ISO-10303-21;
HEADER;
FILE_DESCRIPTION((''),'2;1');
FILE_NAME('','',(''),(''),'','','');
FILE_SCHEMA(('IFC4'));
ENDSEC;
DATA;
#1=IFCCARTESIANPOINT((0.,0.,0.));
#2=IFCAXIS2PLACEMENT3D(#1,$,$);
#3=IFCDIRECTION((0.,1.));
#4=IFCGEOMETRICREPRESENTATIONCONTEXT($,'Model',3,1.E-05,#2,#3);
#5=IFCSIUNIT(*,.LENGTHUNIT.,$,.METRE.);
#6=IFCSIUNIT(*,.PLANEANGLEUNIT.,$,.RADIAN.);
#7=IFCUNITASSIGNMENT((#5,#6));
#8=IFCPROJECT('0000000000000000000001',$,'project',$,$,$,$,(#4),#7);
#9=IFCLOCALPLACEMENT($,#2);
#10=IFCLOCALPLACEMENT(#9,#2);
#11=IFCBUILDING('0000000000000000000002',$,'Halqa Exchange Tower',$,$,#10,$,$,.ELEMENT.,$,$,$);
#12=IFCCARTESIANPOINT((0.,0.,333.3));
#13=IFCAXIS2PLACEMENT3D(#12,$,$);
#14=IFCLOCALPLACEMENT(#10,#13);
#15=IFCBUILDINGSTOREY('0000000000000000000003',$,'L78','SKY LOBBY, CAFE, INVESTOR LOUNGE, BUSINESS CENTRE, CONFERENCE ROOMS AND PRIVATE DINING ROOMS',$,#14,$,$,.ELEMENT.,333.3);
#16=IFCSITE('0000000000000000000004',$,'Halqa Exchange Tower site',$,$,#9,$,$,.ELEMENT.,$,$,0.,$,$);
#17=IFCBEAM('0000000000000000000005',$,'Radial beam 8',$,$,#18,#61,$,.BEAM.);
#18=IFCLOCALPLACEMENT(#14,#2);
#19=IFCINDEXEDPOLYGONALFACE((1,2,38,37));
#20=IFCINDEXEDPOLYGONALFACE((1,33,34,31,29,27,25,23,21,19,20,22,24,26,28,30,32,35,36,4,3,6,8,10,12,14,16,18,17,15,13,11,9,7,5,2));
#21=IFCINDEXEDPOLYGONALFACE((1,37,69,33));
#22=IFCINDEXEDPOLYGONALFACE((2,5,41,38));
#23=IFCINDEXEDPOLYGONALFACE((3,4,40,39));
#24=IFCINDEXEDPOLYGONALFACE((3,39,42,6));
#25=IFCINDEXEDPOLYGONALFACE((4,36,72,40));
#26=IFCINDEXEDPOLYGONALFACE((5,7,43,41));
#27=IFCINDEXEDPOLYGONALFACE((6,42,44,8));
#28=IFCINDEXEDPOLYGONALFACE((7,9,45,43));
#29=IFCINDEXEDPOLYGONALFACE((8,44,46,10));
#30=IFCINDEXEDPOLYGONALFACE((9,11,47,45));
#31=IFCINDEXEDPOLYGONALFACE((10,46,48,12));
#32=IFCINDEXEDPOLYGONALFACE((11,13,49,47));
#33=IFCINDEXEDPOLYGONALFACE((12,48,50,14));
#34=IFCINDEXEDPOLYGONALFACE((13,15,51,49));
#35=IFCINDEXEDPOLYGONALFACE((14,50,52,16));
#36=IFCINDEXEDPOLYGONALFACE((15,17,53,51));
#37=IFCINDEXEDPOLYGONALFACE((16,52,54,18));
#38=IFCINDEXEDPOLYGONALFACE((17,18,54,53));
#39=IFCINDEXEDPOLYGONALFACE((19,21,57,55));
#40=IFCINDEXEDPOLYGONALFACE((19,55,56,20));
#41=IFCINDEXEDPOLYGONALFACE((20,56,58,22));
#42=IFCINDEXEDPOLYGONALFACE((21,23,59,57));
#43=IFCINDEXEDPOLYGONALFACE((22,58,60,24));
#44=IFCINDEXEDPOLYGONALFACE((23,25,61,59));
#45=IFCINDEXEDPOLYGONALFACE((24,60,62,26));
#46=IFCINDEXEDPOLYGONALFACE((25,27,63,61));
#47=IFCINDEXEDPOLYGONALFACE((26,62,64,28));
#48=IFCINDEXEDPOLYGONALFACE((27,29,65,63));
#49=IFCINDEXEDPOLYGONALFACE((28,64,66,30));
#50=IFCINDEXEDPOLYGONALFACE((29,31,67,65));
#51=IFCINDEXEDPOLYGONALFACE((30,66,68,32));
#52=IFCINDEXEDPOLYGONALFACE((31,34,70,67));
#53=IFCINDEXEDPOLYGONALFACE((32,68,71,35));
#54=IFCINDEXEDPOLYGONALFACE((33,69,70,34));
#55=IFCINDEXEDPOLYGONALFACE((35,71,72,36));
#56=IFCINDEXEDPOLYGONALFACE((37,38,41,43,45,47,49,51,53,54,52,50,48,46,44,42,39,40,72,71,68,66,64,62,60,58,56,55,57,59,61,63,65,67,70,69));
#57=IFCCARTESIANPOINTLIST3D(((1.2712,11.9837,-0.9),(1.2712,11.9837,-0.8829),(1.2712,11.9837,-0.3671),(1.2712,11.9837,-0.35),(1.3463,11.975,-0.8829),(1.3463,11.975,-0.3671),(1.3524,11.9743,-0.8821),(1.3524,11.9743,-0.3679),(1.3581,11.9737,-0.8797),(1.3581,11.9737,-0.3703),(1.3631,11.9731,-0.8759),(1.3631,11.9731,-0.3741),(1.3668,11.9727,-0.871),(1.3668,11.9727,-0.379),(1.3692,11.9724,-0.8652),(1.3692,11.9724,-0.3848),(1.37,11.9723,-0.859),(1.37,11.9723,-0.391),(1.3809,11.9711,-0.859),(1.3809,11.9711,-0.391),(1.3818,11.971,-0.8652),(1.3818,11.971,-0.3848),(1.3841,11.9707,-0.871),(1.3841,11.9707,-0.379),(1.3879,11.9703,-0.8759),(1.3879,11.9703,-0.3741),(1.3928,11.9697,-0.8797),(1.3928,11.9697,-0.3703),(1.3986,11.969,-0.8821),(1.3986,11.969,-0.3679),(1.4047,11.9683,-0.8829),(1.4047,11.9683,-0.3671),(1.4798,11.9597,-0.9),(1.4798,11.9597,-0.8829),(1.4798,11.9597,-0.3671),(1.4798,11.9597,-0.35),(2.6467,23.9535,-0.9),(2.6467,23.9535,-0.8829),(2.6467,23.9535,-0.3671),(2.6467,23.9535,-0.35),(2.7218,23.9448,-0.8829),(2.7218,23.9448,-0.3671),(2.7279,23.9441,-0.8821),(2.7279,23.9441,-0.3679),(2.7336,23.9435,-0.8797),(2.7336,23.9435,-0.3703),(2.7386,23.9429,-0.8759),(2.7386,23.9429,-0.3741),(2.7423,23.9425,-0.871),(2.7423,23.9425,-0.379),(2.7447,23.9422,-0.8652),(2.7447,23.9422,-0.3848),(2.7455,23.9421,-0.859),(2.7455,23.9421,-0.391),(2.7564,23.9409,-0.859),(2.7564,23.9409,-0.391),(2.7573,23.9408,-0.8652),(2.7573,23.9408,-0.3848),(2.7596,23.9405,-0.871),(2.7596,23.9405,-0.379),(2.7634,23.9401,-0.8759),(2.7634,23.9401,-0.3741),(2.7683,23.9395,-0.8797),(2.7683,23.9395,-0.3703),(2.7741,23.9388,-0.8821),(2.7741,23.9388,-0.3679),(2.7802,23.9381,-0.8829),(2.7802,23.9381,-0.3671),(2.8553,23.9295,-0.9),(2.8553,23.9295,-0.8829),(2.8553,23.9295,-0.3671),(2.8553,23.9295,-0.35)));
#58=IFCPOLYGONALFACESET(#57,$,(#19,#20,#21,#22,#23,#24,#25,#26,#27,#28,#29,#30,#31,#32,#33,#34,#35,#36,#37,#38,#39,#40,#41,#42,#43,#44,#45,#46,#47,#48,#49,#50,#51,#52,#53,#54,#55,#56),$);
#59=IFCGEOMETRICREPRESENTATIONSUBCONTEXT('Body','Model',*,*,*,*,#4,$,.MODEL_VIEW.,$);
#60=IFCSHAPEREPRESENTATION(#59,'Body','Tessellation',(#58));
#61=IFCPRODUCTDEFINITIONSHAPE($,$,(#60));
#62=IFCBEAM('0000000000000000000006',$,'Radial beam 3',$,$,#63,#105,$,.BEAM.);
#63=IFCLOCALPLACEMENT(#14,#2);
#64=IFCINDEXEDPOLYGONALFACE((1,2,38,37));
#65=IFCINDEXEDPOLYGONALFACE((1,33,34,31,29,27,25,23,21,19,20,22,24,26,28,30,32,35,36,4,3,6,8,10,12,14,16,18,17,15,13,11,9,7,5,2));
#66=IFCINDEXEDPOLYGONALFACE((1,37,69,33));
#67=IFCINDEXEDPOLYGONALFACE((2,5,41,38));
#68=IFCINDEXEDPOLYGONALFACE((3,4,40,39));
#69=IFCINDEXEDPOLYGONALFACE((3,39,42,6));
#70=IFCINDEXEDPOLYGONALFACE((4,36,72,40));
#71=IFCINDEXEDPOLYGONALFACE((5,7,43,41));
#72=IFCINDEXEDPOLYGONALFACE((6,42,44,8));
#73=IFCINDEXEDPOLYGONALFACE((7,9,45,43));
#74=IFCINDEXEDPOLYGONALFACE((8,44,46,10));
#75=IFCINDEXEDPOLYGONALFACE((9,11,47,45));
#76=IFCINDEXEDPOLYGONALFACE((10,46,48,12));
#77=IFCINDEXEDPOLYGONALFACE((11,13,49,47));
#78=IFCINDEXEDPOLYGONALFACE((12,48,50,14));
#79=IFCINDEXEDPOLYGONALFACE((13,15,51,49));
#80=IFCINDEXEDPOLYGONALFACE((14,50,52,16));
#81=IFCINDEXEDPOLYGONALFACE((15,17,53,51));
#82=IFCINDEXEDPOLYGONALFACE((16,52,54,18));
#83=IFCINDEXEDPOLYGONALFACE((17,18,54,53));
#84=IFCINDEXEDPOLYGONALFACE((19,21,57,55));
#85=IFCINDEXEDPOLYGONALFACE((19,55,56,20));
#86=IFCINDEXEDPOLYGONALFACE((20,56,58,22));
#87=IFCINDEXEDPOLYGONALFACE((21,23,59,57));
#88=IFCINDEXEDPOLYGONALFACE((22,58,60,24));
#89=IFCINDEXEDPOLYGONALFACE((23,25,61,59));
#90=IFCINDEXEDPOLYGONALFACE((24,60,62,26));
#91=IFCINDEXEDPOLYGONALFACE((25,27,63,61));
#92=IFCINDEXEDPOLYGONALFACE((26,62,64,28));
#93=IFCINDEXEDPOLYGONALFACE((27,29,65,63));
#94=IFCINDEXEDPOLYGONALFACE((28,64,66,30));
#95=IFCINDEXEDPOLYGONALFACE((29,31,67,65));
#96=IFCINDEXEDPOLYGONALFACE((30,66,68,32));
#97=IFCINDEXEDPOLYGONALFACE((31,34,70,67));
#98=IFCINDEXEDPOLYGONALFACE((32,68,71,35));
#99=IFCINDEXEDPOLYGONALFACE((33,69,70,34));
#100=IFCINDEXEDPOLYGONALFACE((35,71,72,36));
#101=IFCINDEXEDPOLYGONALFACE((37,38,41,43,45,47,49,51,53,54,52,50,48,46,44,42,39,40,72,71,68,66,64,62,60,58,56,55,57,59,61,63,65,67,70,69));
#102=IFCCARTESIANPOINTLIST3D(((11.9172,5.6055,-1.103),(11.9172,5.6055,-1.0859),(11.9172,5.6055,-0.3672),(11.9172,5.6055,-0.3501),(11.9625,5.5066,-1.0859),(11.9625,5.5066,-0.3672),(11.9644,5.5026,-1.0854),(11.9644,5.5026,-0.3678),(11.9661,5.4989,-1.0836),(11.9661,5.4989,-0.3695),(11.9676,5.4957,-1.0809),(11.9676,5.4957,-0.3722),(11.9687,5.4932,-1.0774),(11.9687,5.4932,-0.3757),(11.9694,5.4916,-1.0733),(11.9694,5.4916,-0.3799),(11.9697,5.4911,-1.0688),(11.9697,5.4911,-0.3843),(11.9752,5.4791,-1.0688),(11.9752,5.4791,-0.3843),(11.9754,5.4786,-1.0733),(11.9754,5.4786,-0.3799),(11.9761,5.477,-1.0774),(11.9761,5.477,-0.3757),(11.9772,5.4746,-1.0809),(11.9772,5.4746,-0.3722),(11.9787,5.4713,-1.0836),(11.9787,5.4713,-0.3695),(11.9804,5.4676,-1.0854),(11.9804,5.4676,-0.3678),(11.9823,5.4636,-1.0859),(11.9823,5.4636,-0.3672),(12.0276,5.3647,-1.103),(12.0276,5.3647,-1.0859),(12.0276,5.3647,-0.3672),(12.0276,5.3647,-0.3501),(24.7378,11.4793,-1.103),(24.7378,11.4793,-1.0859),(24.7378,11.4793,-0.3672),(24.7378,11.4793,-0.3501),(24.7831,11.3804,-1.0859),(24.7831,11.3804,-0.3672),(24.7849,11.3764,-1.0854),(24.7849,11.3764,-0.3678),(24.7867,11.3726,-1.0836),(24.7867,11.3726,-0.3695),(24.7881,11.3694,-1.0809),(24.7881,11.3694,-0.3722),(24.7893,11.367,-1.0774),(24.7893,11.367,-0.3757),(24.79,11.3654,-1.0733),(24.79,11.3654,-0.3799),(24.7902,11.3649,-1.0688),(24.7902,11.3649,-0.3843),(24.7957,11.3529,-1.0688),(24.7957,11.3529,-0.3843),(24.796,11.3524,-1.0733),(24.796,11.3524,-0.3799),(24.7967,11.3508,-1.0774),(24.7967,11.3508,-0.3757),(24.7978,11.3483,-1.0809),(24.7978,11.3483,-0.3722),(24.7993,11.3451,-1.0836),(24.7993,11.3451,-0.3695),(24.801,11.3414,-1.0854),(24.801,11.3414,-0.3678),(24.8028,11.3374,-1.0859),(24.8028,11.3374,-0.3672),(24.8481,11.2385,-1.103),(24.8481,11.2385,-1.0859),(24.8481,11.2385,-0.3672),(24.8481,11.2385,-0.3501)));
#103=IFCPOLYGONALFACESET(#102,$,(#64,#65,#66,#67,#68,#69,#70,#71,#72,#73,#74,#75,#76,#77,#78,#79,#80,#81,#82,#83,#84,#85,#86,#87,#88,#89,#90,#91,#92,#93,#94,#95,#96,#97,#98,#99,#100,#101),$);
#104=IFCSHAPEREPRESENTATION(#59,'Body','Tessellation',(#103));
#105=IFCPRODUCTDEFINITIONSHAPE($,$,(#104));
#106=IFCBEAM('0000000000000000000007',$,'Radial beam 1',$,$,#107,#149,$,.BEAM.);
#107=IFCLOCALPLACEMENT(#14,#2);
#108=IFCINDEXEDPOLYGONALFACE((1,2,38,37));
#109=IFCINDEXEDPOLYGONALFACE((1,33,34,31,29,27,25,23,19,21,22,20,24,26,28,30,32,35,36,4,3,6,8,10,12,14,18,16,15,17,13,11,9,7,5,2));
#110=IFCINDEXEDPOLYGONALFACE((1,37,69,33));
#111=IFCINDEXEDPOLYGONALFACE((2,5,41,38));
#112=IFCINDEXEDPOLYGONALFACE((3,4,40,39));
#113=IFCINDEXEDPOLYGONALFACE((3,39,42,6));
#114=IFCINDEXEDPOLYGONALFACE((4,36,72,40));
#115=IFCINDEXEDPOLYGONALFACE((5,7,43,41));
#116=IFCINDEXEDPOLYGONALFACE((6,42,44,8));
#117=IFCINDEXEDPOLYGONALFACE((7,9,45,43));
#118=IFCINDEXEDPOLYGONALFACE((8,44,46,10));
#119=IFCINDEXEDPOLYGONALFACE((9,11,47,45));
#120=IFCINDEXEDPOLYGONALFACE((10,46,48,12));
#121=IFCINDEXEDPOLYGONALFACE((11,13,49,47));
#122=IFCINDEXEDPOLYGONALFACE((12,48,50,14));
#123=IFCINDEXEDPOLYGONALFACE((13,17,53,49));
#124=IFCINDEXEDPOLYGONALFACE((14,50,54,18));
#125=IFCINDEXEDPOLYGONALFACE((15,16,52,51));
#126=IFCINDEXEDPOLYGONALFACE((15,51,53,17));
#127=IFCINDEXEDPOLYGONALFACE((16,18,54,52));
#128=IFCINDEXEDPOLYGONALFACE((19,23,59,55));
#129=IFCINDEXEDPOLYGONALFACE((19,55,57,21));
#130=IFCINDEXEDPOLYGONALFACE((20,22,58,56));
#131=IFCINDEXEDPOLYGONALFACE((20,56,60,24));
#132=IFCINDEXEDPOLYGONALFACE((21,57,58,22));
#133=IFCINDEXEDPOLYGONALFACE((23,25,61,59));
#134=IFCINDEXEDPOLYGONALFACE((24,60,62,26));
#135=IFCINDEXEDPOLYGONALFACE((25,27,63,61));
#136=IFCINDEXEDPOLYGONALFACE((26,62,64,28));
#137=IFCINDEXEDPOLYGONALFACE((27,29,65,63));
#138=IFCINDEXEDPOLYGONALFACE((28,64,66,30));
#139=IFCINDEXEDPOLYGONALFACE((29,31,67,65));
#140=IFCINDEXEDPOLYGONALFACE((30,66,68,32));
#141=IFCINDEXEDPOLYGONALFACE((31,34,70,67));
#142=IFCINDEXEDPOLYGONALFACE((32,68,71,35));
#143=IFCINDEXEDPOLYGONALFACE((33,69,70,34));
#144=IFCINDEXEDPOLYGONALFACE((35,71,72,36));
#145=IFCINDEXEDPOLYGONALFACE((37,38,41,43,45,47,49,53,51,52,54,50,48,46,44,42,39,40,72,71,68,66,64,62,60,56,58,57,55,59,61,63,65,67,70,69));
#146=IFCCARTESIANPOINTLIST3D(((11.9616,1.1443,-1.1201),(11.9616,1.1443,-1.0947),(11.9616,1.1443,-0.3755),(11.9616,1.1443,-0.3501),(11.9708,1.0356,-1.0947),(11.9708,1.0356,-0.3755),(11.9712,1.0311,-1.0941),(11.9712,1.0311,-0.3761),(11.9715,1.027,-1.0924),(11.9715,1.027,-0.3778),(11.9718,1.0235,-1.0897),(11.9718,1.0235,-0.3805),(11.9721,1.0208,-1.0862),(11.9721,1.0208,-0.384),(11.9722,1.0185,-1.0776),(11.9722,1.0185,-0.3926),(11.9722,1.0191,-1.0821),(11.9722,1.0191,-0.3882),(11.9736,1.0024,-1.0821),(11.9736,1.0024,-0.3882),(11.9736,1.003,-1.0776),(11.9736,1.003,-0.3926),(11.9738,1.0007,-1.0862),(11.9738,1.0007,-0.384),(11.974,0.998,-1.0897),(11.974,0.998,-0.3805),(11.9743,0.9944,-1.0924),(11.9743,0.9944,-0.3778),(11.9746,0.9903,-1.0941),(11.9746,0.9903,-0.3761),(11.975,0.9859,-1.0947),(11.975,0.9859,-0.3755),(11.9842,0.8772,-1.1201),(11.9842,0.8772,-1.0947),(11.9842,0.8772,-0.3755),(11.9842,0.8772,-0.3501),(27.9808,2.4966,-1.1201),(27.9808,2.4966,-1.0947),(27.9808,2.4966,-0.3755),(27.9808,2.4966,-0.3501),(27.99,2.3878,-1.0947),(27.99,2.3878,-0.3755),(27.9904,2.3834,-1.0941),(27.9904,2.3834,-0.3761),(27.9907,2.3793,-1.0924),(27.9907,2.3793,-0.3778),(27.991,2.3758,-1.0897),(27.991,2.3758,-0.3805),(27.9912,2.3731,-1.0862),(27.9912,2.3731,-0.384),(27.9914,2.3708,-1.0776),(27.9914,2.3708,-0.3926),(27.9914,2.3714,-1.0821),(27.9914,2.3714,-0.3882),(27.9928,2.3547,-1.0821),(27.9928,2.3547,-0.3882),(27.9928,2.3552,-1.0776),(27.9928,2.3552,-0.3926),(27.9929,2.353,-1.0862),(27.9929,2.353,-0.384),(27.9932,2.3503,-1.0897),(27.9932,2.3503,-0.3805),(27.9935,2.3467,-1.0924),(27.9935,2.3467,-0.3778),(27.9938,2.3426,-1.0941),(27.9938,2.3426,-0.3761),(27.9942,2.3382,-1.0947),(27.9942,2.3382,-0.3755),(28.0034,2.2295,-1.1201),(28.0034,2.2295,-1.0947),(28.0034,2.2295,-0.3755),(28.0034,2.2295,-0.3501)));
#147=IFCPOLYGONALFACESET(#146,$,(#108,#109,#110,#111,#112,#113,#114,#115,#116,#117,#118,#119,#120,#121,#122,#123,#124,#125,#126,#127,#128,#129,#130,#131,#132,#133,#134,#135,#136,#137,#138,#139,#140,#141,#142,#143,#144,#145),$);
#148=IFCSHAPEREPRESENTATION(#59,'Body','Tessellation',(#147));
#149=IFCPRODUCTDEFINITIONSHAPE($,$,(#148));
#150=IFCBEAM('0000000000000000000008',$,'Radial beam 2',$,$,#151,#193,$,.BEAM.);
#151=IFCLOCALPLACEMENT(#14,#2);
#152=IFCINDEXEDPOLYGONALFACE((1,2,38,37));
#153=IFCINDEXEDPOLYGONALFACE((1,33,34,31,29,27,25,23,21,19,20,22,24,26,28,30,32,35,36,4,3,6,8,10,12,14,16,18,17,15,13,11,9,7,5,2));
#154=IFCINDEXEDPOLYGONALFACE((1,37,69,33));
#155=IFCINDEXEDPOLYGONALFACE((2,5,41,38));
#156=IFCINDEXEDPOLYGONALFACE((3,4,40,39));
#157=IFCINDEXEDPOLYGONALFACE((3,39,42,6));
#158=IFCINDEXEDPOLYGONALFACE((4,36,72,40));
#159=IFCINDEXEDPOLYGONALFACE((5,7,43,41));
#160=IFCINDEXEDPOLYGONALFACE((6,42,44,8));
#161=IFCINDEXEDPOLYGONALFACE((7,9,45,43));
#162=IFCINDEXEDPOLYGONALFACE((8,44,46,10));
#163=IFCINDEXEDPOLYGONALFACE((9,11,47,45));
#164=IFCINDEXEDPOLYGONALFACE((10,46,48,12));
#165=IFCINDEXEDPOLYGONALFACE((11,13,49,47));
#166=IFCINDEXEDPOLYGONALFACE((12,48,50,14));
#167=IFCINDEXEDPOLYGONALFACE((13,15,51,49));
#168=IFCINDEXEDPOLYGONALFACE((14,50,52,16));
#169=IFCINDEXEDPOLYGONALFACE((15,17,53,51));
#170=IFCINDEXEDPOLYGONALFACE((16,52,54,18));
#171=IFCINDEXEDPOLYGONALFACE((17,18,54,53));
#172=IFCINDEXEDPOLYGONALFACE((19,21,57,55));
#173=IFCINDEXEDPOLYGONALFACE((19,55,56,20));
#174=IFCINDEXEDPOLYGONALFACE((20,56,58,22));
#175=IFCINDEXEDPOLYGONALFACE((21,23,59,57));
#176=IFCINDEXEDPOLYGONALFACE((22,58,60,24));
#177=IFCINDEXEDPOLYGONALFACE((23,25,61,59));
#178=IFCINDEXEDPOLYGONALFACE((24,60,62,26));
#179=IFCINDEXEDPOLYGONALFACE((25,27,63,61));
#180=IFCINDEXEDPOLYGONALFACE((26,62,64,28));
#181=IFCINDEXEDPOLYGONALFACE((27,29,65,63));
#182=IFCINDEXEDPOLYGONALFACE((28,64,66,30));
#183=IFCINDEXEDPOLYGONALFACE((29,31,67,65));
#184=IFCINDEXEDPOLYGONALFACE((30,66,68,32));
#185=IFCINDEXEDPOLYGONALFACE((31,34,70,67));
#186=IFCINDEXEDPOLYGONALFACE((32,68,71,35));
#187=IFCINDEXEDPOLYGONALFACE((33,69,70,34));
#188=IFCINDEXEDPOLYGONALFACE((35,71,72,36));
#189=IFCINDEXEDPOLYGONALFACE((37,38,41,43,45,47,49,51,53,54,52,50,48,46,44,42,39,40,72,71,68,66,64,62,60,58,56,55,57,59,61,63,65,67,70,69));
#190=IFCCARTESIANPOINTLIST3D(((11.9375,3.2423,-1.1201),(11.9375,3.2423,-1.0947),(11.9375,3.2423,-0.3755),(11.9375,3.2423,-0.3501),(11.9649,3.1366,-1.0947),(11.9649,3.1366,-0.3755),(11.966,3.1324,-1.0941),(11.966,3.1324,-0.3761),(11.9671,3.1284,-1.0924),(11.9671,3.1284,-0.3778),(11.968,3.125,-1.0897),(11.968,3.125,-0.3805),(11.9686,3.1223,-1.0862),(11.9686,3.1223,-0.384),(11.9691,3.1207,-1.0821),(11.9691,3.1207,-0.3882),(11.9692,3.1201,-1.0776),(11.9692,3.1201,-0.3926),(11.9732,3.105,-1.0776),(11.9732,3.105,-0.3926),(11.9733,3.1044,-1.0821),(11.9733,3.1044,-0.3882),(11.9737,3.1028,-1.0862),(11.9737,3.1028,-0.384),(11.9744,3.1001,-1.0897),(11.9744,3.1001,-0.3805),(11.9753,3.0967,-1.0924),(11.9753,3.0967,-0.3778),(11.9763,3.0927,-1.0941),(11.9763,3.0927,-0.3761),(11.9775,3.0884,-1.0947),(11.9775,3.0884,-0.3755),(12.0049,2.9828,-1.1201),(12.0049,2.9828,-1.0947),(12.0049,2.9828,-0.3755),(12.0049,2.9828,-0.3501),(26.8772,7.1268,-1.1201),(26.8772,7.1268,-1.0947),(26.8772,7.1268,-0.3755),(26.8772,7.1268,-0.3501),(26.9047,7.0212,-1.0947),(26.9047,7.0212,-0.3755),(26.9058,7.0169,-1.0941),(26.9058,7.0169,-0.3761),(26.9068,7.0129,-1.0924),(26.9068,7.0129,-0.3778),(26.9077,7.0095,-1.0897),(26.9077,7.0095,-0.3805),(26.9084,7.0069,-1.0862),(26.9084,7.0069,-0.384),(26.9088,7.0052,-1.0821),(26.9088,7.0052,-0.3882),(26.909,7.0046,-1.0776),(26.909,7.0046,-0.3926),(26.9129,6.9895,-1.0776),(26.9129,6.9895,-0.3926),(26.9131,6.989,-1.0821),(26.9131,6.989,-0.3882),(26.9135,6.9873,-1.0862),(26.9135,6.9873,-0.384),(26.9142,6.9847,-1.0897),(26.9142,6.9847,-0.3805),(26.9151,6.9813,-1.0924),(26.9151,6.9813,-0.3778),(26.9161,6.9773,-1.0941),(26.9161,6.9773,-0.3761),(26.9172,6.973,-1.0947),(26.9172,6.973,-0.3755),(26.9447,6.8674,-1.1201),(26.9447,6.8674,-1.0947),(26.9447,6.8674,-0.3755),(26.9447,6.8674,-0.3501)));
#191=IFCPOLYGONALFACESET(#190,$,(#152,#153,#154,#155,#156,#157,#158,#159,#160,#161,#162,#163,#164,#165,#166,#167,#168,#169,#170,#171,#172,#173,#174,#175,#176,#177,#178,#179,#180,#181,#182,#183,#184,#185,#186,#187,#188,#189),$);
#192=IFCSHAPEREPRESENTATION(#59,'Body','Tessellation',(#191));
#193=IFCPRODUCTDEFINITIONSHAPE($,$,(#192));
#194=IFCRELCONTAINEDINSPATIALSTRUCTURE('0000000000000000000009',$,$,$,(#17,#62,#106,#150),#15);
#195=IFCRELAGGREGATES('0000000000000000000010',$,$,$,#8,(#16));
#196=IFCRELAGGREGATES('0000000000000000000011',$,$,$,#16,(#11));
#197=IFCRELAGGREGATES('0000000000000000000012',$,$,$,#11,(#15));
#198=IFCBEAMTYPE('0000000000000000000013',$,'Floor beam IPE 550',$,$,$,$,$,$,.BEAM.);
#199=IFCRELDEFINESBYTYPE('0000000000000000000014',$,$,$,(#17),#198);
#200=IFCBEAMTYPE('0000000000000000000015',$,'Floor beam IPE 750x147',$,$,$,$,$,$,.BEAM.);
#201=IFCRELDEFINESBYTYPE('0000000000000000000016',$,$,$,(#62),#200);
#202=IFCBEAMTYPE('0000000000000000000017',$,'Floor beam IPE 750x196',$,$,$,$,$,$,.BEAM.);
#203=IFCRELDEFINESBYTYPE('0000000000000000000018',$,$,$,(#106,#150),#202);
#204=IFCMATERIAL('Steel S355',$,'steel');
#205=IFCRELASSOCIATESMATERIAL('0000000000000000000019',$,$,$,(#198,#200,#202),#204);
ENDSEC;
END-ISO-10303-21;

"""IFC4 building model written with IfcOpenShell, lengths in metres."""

from ifc_helpers import new_model, si_unit, direction, frame, origin, origin_2d, place, context, subcontext, project, spatial, i_section, extrude, material, material_profile, profile_set, type_object, element, save


model = new_model("IFC4")

# Units and contexts
model_context = context("Model", 3, precision=1e-05, world=origin(), true_north=direction((0.0, 1.0)))
body_context = subcontext(model_context, "Body", "Model", "MODEL_VIEW")
ifc_project = project(units=[si_unit("LENGTHUNIT", "METRE"), si_unit("PLANEANGLEUNIT", "RADIAN")], contexts=[model_context])

# Site, building, storey
site_placement = place(None, origin())
site = spatial("IfcSite", under=ifc_project, at=site_placement, Name="Halqa Exchange Tower site", CompositionType="ELEMENT", RefElevation=0.0)
building_placement = place(site_placement, origin())
building = spatial("IfcBuilding", under=site, at=building_placement, Name="Halqa Exchange Tower", CompositionType="ELEMENT")
storey_placement = place(building_placement, frame((0.0, 0.0, 333.3)))
storey = spatial("IfcBuildingStorey", under=building, at=storey_placement, Name="L78", Description="SKY LOBBY, CAFE, INVESTOR LOUNGE, BUSINESS CENTRE, CONFERENCE ROOMS AND PRIVATE DINING ROOMS", CompositionType="ELEMENT", Elevation=333.3)

# Beams
ifc_material_1 = material(Name="Steel S355", Category="steel")
ifc_material_profile_1 = material_profile(ifc_material_1, i_section(OverallWidth=0.21, OverallDepth=0.55, WebThickness=0.011, FlangeThickness=0.0171, FilletRadius=0.0239, at=origin_2d()), Name="IPE 550")
ifc_profile_set_1 = profile_set([ifc_material_profile_1], Name="Steel S355")
beam_type_1 = type_object("IfcBeamType", Name="Floor beam IPE 550", PredefinedType="BEAM", material=ifc_profile_set_1)
beam_1_placement = place(storey_placement, frame((1.3755, 11.9717, -0.625), z_axis=(0.114163, 0.993462, 0.0), x_axis=(-0.993462, 0.114163, 0.0)))
element("IfcBeam", 1, at=beam_1_placement, inside=storey, type_object=beam_type_1, Name="Radial beam 8", PredefinedType="BEAM", context=body_context, shape_type="SweptSolid", body=[
    extrude(i_section(OverallWidth=0.21, OverallDepth=0.55, WebThickness=0.011, FlangeThickness=0.0171, FilletRadius=0.0239, at=origin_2d()), origin(), (0.0, 0.0, 1.0), 12.0486),
])
ifc_material_profile_2 = material_profile(ifc_material_1, i_section(OverallWidth=0.2649, OverallDepth=0.7529, WebThickness=0.0132, FlangeThickness=0.0171, FilletRadius=0.0171, at=origin_2d()), Name="IPE 750x147")
ifc_profile_set_2 = profile_set([ifc_material_profile_2], Name="Steel S355")
beam_type_2 = type_object("IfcBeamType", Name="Floor beam IPE 750x147", PredefinedType="BEAM", material=ifc_profile_set_2)
beam_2_placement = place(storey_placement, frame((11.9724, 5.4851, -0.7266), z_axis=(0.909127, 0.416519, 0.0), x_axis=(-0.416519, 0.909127, 0.0)))
element("IfcBeam", 2, at=beam_2_placement, inside=storey, type_object=beam_type_2, Name="Radial beam 3", PredefinedType="BEAM", context=body_context, shape_type="SweptSolid", body=[
    extrude(i_section(OverallWidth=0.2649, OverallDepth=0.7529, WebThickness=0.0132, FlangeThickness=0.0171, FilletRadius=0.0171, at=origin_2d()), origin(), (0.0, 0.0, 1.0), 14.1021),
])
ifc_material_profile_3 = material_profile(ifc_material_1, i_section(OverallWidth=0.2681, OverallDepth=0.77, WebThickness=0.0156, FlangeThickness=0.0254, FilletRadius=0.0171, at=origin_2d()), Name="IPE 750x196")
ifc_profile_set_3 = profile_set([ifc_material_profile_3], Name="Steel S355")
beam_type_3 = type_object("IfcBeamType", Name="Floor beam IPE 750x196", PredefinedType="BEAM", material=ifc_profile_set_3)
beam_3_placement = place(storey_placement, frame((11.9729, 1.0107, -0.7351), z_axis=(0.996456, 0.084117, 0.0), x_axis=(-0.084117, 0.996456, 0.0)))
element("IfcBeam", 3, at=beam_3_placement, inside=storey, type_object=beam_type_3, Name="Radial beam 1", PredefinedType="BEAM", context=body_context, shape_type="SweptSolid", body=[
    extrude(i_section(OverallWidth=0.2681, OverallDepth=0.77, WebThickness=0.0156, FlangeThickness=0.0254, FilletRadius=0.0171, at=origin_2d()), origin(), (0.0, 0.0, 1.0), 16.0762),
])
beam_4_placement = place(storey_placement, frame((11.9712, 3.1125, -0.7351), z_axis=(0.967819, 0.251646, 0.0), x_axis=(-0.251646, 0.967819, 0.0)))
element("IfcBeam", 4, at=beam_4_placement, inside=storey, type_object=beam_type_3, Name="Radial beam 2", PredefinedType="BEAM", context=body_context, shape_type="SweptSolid", body=[
    extrude(i_section(OverallWidth=0.2681, OverallDepth=0.77, WebThickness=0.0156, FlangeThickness=0.0254, FilletRadius=0.0171, at=origin_2d()), origin(), (0.0, 0.0, 1.0), 15.4365),
])

save(model, "model.ifc")
